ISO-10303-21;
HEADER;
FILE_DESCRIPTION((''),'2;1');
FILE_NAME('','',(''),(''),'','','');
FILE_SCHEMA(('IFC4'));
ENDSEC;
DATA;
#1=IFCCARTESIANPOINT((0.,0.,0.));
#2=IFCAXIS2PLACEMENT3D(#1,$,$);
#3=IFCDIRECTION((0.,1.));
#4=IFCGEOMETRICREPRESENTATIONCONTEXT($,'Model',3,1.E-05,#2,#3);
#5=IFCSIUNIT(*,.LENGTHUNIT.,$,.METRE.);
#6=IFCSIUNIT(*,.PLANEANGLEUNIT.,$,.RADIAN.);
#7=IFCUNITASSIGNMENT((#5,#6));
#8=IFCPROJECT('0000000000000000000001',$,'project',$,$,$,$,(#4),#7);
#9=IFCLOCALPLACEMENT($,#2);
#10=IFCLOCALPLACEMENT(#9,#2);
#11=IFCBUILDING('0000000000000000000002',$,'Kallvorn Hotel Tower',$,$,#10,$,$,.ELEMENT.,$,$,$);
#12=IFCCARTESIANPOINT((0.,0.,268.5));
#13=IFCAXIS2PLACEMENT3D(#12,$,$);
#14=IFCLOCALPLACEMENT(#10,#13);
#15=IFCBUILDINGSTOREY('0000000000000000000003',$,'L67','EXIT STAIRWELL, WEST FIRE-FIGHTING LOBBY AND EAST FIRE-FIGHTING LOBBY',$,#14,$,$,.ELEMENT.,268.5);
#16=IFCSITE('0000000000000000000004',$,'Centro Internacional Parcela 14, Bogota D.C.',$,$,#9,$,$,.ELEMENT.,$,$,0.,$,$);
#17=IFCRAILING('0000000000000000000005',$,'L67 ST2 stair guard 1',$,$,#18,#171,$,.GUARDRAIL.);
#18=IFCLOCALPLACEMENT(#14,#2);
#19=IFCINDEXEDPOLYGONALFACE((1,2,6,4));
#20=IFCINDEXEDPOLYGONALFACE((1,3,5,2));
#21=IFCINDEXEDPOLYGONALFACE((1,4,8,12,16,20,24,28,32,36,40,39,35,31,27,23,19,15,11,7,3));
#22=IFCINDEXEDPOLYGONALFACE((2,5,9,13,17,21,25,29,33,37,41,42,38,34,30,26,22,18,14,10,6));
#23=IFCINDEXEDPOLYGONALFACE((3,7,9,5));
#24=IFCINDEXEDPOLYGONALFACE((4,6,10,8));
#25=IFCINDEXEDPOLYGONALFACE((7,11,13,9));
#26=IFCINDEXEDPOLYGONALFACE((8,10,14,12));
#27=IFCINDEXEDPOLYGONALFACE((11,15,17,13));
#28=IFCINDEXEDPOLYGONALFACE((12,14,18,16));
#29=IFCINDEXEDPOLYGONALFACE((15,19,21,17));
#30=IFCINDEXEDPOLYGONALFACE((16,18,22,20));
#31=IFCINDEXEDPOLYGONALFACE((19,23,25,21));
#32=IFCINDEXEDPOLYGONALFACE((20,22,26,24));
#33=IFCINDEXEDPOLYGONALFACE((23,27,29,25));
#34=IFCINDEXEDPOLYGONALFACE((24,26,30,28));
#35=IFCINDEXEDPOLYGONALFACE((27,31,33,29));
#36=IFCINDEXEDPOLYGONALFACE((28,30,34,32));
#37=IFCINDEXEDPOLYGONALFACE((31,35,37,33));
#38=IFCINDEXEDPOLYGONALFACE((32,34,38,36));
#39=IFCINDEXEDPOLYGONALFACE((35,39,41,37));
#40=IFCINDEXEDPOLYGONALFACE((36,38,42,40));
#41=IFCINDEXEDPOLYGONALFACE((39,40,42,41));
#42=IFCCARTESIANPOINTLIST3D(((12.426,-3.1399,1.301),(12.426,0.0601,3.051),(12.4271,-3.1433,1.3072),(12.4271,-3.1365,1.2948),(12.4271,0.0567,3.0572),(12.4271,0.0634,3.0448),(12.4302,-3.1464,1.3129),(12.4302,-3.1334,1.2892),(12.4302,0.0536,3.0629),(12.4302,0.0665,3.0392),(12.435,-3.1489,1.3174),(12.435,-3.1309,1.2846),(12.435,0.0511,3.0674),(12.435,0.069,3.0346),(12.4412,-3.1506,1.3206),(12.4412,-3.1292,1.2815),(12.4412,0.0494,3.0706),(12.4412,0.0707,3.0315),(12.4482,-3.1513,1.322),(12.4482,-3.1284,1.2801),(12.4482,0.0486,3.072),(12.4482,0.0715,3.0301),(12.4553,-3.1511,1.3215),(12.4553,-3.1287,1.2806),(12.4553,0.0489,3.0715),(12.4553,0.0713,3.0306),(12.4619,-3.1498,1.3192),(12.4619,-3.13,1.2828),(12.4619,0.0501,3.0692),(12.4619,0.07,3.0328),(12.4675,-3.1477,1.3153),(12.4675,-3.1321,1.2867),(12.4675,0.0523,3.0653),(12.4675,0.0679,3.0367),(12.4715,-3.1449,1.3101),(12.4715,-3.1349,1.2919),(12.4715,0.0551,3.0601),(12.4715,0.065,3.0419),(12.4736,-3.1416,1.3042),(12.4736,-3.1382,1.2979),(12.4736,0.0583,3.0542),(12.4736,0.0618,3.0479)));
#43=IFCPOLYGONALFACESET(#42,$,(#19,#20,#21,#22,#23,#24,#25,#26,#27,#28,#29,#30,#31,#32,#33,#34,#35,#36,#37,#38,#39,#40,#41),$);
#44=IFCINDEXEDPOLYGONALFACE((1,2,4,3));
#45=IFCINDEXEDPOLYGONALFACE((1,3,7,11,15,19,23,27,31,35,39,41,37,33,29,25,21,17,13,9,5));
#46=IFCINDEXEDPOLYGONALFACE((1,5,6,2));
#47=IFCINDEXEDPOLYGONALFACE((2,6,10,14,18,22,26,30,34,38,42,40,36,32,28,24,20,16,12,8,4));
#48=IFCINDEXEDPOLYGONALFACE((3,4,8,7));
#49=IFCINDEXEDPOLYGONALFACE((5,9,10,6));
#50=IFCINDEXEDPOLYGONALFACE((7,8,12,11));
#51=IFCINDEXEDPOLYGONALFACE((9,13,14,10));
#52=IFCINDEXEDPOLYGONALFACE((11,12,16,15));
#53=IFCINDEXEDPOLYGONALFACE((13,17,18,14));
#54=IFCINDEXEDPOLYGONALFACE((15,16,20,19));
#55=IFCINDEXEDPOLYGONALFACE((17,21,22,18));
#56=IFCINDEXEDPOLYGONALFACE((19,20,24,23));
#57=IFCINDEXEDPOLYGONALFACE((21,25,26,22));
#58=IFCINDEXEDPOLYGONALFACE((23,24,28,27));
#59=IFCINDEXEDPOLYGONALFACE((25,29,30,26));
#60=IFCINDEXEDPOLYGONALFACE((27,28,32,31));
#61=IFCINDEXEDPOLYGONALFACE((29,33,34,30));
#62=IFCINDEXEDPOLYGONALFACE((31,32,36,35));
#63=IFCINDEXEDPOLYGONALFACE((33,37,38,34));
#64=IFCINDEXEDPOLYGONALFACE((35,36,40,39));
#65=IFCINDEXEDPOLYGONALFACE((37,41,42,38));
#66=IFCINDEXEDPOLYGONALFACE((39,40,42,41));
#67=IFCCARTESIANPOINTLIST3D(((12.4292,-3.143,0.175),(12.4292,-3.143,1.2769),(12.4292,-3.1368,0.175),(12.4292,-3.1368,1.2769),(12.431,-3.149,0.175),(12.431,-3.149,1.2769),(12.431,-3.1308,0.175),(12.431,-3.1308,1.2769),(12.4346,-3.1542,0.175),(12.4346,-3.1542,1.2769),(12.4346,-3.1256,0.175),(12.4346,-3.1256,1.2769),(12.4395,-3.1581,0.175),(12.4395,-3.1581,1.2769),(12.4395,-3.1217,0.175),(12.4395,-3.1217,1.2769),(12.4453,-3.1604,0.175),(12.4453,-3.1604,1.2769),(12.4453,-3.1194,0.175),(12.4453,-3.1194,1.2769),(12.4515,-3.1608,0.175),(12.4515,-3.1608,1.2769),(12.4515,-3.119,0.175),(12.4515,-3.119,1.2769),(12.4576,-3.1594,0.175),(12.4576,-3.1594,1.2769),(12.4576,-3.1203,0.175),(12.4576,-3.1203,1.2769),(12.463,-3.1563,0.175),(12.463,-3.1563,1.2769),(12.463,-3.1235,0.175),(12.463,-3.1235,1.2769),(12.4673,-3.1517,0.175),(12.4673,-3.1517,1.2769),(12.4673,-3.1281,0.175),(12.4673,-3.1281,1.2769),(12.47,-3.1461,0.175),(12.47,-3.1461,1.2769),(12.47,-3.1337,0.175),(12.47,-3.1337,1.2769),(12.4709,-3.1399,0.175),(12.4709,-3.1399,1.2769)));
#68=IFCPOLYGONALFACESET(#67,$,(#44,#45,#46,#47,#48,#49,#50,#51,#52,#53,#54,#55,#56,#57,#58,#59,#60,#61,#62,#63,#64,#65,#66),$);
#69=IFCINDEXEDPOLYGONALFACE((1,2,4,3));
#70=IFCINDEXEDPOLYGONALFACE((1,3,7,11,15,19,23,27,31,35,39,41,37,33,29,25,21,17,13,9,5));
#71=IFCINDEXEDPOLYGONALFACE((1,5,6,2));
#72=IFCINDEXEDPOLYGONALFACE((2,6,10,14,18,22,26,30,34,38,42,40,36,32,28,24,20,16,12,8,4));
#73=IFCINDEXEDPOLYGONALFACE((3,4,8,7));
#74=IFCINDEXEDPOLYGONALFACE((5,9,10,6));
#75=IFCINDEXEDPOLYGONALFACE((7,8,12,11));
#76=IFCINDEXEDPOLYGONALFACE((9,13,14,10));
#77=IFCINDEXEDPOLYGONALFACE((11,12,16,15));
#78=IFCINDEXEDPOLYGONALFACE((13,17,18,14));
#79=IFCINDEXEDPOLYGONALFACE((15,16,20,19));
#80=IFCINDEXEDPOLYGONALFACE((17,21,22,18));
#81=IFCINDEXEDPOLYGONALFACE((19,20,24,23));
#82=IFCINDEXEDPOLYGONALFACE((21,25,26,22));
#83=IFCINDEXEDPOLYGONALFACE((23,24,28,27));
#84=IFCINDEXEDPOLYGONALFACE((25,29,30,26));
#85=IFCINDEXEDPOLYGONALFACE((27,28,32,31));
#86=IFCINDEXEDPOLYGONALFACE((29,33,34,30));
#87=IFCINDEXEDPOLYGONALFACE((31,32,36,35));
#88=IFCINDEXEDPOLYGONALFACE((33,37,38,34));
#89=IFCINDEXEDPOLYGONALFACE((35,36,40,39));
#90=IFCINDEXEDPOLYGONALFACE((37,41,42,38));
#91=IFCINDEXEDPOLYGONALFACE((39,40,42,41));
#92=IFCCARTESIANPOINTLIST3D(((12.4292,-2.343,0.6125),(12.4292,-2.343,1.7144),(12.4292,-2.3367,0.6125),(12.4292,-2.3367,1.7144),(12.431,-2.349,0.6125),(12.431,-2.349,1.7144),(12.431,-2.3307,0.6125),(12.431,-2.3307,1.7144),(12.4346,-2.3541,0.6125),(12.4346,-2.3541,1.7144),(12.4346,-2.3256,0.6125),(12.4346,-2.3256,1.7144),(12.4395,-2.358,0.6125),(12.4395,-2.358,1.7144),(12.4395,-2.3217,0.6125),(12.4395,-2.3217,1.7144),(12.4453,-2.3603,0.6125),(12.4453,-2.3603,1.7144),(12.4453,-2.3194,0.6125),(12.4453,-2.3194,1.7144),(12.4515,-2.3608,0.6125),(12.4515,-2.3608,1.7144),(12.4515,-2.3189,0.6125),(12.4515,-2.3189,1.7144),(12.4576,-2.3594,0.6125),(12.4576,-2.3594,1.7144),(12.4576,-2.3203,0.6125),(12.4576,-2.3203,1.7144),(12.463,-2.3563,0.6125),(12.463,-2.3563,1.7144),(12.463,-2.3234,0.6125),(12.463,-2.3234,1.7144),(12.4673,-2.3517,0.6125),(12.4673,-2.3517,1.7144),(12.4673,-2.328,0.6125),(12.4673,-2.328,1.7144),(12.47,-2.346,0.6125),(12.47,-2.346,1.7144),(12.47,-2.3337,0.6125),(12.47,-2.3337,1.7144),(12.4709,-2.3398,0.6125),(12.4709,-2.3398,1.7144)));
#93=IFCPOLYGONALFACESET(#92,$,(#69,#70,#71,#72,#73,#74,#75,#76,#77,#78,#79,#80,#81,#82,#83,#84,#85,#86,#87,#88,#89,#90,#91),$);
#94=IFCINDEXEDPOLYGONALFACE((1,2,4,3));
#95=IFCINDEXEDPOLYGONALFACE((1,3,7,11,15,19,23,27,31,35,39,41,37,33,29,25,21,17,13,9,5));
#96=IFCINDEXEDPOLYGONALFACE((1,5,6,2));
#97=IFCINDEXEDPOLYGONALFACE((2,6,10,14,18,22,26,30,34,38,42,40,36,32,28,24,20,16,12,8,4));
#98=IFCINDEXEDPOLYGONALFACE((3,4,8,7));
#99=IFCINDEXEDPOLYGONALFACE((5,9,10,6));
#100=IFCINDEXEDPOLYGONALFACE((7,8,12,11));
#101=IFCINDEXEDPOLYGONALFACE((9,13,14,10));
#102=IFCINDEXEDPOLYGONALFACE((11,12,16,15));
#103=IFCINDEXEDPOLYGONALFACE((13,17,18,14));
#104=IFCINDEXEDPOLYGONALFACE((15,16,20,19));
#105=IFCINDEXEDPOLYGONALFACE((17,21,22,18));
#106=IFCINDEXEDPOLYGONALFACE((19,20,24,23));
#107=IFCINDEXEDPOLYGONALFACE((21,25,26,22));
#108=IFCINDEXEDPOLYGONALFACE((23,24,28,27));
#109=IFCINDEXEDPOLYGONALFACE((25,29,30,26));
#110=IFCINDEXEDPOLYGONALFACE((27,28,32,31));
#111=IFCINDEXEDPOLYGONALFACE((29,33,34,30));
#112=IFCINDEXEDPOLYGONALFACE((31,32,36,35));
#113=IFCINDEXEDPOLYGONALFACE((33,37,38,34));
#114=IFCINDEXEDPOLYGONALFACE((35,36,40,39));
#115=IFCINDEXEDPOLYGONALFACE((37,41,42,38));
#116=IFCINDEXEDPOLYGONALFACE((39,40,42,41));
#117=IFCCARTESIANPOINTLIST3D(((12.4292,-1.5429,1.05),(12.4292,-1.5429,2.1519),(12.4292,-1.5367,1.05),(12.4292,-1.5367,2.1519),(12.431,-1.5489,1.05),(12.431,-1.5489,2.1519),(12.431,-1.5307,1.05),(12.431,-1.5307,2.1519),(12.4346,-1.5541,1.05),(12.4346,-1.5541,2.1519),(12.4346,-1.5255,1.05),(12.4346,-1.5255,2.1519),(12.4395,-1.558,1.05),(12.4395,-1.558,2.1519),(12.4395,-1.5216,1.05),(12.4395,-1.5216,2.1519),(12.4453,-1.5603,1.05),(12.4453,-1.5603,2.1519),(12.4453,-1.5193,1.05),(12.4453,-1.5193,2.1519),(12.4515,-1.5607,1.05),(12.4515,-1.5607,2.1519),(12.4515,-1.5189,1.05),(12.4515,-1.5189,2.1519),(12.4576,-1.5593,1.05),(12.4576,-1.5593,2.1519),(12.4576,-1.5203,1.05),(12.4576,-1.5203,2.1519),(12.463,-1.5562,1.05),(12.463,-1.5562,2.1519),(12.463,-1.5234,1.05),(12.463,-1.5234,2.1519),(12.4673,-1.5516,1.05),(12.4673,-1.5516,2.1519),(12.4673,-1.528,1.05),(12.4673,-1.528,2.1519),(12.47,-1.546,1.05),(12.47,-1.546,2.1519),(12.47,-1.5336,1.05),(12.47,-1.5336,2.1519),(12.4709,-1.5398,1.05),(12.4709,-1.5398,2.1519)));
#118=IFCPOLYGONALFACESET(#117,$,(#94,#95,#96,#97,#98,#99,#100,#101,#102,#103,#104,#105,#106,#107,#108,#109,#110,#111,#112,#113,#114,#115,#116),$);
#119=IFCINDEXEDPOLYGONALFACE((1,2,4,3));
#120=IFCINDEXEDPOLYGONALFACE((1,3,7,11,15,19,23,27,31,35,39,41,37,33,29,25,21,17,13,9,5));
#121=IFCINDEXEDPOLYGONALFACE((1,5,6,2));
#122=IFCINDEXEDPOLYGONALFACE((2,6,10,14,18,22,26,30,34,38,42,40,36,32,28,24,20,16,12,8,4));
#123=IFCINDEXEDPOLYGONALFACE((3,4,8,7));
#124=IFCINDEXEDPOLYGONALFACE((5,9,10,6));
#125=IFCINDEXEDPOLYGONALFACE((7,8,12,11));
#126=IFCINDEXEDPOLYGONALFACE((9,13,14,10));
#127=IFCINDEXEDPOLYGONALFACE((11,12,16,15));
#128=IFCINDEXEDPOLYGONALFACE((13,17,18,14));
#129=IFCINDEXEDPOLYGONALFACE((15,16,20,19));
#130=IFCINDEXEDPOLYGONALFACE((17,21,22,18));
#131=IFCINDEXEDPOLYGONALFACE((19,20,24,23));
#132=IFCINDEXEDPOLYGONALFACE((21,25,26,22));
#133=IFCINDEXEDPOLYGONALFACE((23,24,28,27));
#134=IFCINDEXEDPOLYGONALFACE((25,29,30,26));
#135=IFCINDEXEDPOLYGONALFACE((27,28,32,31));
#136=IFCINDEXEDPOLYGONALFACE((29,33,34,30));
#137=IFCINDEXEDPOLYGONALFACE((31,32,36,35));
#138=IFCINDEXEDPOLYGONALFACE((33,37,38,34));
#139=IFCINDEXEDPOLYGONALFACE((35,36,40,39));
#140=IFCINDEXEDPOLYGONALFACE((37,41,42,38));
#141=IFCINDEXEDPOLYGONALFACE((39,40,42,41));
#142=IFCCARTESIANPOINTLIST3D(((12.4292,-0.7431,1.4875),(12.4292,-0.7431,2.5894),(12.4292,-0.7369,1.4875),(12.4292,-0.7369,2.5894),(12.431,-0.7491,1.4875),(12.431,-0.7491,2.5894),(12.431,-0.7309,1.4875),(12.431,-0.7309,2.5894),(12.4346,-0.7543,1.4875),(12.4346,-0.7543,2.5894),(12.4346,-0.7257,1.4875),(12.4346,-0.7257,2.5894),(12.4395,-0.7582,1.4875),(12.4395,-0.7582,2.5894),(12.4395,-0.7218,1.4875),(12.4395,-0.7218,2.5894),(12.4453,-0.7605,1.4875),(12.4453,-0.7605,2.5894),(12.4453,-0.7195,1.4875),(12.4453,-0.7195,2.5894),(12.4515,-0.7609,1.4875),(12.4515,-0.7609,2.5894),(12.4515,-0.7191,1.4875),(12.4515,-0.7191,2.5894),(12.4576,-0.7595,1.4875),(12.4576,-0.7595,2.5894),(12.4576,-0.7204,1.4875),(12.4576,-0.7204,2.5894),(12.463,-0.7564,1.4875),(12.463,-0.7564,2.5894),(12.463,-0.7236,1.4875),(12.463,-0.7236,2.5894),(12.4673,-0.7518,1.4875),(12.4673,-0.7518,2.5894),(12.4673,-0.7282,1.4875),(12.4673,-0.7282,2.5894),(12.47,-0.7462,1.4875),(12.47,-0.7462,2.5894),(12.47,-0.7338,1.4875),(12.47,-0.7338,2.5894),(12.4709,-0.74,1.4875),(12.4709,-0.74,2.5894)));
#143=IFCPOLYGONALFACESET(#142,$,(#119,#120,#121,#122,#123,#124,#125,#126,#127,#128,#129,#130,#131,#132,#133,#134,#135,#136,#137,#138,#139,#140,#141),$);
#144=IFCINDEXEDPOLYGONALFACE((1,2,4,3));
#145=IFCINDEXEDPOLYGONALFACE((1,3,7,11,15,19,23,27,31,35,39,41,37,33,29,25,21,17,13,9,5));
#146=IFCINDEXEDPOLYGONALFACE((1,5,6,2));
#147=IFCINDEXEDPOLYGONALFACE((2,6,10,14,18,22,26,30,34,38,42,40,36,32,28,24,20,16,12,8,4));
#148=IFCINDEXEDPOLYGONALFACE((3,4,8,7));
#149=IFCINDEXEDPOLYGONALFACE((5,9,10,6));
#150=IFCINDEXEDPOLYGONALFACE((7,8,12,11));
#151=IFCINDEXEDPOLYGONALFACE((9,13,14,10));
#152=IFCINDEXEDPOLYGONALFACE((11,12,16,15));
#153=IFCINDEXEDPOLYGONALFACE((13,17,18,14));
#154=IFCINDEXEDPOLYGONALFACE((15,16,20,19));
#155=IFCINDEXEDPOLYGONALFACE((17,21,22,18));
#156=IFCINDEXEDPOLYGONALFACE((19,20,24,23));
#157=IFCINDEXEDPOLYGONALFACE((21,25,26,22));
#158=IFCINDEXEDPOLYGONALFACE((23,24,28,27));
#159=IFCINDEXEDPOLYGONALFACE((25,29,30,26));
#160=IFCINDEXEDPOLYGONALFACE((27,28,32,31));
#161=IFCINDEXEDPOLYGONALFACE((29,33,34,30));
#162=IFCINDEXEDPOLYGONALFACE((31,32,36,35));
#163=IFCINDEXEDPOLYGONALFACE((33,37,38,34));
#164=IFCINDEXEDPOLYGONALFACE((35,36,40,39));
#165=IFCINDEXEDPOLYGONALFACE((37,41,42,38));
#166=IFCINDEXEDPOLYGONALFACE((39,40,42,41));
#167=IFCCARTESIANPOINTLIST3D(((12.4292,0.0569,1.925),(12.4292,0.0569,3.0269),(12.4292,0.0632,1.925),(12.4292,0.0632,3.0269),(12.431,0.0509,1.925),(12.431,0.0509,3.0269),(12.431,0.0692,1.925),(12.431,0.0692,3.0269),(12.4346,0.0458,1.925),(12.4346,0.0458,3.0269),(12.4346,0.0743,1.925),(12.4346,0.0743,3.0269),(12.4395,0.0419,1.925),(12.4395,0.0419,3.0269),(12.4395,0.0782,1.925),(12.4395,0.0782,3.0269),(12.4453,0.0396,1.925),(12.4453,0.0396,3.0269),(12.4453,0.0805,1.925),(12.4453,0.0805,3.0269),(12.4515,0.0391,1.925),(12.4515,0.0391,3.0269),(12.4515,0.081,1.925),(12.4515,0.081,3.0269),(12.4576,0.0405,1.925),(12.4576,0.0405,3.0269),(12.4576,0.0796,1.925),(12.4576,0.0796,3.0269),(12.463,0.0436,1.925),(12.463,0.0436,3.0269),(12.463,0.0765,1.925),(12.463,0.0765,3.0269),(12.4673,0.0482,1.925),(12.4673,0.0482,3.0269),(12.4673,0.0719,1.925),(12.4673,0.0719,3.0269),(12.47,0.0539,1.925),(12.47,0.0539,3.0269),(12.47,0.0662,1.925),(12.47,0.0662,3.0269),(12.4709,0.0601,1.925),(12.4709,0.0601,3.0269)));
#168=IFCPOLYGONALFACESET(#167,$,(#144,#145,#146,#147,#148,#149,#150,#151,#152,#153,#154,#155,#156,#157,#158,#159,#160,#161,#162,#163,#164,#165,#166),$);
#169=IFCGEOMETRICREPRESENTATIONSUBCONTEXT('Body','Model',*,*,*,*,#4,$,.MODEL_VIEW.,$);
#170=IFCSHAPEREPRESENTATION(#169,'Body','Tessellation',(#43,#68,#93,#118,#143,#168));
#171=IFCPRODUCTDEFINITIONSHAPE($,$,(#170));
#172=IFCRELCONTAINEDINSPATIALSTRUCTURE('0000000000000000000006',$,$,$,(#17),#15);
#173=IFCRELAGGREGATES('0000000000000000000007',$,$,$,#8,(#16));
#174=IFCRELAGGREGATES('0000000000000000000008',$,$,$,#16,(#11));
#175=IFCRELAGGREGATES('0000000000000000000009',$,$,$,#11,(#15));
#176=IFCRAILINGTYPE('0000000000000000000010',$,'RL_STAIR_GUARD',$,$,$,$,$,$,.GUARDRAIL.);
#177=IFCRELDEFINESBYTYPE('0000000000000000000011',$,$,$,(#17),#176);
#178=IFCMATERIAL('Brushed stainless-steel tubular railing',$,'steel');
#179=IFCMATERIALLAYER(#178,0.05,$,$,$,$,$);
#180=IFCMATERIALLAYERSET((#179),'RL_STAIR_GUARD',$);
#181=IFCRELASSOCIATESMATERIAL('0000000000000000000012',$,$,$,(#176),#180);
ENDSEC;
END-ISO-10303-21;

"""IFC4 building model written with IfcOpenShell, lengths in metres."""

from ifc_helpers import new_model, si_unit, direction, frame, origin, origin_2d, place, context, subcontext, project, spatial, circle, extrude, material, layer, layer_set, type_object, element, save


model = new_model("IFC4")

# Units and contexts
model_context = context("Model", 3, precision=1e-05, world=origin(), true_north=direction((0.0, 1.0)))
body_context = subcontext(model_context, "Body", "Model", "MODEL_VIEW")
ifc_project = project(units=[si_unit("LENGTHUNIT", "METRE"), si_unit("PLANEANGLEUNIT", "RADIAN")], contexts=[model_context])

# Site, building, storey
site_placement = place(None, origin())
site = spatial("IfcSite", under=ifc_project, at=site_placement, Name="Centro Internacional Parcela 14, Bogota D.C.", CompositionType="ELEMENT", RefElevation=0.0)
building_placement = place(site_placement, origin())
building = spatial("IfcBuilding", under=site, at=building_placement, Name="Kallvorn Hotel Tower", CompositionType="ELEMENT")
storey_placement = place(building_placement, frame((0.0, 0.0, 268.5)))
storey = spatial("IfcBuildingStorey", under=building, at=storey_placement, Name="L67", Description="EXIT STAIRWELL, WEST FIRE-FIGHTING LOBBY AND EAST FIRE-FIGHTING LOBBY", CompositionType="ELEMENT", Elevation=268.5)

# Railing
ifc_material_1 = material(Name="Brushed stainless-steel tubular railing", Category="steel")
ifc_layer_1 = layer(ifc_material_1, 0.05)
ifc_layer_set_1 = layer_set([ifc_layer_1], Name="RL_STAIR_GUARD")
railing_type_1 = type_object("IfcRailingType", Name="RL_STAIR_GUARD", PredefinedType="GUARDRAIL", material=ifc_layer_set_1)
railing_1_placement = place(storey_placement, frame((12.45, -3.1399, 0.175)))
element("IfcRailing", 1, at=railing_1_placement, inside=storey, type_object=railing_type_1, Name="L67 ST2 stair guard 1", PredefinedType="GUARDRAIL", context=body_context, shape_type="SweptSolid", body=[
    extrude(circle(Radius=0.0239, at=origin_2d()), frame((0.0, 0.0, 1.126), z_axis=(0.0, 0.877368, 0.479818), x_axis=(-1.0, 0.0, 0.0)), (0.0, 0.0, 1.0), 3.6472),
    extrude(circle(Radius=0.021, at=origin_2d()), origin(), (0.0, 0.0, 1.0), 1.1018),
    extrude(circle(Radius=0.021, at=origin_2d()), frame((0.0, 0.8, 0.4375)), (0.0, 0.0, 1.0), 1.1018),
    extrude(circle(Radius=0.021, at=origin_2d()), frame((0.0, 1.6001, 0.875)), (0.0, 0.0, 1.0), 1.1018),
    extrude(circle(Radius=0.021, at=origin_2d()), frame((0.0, 2.3999, 1.3125)), (0.0, 0.0, 1.0), 1.1018),
    extrude(circle(Radius=0.021, at=origin_2d()), frame((0.0, 3.2, 1.75)), (0.0, 0.0, 1.0), 1.1018),
])

save(model, "model.ifc")
